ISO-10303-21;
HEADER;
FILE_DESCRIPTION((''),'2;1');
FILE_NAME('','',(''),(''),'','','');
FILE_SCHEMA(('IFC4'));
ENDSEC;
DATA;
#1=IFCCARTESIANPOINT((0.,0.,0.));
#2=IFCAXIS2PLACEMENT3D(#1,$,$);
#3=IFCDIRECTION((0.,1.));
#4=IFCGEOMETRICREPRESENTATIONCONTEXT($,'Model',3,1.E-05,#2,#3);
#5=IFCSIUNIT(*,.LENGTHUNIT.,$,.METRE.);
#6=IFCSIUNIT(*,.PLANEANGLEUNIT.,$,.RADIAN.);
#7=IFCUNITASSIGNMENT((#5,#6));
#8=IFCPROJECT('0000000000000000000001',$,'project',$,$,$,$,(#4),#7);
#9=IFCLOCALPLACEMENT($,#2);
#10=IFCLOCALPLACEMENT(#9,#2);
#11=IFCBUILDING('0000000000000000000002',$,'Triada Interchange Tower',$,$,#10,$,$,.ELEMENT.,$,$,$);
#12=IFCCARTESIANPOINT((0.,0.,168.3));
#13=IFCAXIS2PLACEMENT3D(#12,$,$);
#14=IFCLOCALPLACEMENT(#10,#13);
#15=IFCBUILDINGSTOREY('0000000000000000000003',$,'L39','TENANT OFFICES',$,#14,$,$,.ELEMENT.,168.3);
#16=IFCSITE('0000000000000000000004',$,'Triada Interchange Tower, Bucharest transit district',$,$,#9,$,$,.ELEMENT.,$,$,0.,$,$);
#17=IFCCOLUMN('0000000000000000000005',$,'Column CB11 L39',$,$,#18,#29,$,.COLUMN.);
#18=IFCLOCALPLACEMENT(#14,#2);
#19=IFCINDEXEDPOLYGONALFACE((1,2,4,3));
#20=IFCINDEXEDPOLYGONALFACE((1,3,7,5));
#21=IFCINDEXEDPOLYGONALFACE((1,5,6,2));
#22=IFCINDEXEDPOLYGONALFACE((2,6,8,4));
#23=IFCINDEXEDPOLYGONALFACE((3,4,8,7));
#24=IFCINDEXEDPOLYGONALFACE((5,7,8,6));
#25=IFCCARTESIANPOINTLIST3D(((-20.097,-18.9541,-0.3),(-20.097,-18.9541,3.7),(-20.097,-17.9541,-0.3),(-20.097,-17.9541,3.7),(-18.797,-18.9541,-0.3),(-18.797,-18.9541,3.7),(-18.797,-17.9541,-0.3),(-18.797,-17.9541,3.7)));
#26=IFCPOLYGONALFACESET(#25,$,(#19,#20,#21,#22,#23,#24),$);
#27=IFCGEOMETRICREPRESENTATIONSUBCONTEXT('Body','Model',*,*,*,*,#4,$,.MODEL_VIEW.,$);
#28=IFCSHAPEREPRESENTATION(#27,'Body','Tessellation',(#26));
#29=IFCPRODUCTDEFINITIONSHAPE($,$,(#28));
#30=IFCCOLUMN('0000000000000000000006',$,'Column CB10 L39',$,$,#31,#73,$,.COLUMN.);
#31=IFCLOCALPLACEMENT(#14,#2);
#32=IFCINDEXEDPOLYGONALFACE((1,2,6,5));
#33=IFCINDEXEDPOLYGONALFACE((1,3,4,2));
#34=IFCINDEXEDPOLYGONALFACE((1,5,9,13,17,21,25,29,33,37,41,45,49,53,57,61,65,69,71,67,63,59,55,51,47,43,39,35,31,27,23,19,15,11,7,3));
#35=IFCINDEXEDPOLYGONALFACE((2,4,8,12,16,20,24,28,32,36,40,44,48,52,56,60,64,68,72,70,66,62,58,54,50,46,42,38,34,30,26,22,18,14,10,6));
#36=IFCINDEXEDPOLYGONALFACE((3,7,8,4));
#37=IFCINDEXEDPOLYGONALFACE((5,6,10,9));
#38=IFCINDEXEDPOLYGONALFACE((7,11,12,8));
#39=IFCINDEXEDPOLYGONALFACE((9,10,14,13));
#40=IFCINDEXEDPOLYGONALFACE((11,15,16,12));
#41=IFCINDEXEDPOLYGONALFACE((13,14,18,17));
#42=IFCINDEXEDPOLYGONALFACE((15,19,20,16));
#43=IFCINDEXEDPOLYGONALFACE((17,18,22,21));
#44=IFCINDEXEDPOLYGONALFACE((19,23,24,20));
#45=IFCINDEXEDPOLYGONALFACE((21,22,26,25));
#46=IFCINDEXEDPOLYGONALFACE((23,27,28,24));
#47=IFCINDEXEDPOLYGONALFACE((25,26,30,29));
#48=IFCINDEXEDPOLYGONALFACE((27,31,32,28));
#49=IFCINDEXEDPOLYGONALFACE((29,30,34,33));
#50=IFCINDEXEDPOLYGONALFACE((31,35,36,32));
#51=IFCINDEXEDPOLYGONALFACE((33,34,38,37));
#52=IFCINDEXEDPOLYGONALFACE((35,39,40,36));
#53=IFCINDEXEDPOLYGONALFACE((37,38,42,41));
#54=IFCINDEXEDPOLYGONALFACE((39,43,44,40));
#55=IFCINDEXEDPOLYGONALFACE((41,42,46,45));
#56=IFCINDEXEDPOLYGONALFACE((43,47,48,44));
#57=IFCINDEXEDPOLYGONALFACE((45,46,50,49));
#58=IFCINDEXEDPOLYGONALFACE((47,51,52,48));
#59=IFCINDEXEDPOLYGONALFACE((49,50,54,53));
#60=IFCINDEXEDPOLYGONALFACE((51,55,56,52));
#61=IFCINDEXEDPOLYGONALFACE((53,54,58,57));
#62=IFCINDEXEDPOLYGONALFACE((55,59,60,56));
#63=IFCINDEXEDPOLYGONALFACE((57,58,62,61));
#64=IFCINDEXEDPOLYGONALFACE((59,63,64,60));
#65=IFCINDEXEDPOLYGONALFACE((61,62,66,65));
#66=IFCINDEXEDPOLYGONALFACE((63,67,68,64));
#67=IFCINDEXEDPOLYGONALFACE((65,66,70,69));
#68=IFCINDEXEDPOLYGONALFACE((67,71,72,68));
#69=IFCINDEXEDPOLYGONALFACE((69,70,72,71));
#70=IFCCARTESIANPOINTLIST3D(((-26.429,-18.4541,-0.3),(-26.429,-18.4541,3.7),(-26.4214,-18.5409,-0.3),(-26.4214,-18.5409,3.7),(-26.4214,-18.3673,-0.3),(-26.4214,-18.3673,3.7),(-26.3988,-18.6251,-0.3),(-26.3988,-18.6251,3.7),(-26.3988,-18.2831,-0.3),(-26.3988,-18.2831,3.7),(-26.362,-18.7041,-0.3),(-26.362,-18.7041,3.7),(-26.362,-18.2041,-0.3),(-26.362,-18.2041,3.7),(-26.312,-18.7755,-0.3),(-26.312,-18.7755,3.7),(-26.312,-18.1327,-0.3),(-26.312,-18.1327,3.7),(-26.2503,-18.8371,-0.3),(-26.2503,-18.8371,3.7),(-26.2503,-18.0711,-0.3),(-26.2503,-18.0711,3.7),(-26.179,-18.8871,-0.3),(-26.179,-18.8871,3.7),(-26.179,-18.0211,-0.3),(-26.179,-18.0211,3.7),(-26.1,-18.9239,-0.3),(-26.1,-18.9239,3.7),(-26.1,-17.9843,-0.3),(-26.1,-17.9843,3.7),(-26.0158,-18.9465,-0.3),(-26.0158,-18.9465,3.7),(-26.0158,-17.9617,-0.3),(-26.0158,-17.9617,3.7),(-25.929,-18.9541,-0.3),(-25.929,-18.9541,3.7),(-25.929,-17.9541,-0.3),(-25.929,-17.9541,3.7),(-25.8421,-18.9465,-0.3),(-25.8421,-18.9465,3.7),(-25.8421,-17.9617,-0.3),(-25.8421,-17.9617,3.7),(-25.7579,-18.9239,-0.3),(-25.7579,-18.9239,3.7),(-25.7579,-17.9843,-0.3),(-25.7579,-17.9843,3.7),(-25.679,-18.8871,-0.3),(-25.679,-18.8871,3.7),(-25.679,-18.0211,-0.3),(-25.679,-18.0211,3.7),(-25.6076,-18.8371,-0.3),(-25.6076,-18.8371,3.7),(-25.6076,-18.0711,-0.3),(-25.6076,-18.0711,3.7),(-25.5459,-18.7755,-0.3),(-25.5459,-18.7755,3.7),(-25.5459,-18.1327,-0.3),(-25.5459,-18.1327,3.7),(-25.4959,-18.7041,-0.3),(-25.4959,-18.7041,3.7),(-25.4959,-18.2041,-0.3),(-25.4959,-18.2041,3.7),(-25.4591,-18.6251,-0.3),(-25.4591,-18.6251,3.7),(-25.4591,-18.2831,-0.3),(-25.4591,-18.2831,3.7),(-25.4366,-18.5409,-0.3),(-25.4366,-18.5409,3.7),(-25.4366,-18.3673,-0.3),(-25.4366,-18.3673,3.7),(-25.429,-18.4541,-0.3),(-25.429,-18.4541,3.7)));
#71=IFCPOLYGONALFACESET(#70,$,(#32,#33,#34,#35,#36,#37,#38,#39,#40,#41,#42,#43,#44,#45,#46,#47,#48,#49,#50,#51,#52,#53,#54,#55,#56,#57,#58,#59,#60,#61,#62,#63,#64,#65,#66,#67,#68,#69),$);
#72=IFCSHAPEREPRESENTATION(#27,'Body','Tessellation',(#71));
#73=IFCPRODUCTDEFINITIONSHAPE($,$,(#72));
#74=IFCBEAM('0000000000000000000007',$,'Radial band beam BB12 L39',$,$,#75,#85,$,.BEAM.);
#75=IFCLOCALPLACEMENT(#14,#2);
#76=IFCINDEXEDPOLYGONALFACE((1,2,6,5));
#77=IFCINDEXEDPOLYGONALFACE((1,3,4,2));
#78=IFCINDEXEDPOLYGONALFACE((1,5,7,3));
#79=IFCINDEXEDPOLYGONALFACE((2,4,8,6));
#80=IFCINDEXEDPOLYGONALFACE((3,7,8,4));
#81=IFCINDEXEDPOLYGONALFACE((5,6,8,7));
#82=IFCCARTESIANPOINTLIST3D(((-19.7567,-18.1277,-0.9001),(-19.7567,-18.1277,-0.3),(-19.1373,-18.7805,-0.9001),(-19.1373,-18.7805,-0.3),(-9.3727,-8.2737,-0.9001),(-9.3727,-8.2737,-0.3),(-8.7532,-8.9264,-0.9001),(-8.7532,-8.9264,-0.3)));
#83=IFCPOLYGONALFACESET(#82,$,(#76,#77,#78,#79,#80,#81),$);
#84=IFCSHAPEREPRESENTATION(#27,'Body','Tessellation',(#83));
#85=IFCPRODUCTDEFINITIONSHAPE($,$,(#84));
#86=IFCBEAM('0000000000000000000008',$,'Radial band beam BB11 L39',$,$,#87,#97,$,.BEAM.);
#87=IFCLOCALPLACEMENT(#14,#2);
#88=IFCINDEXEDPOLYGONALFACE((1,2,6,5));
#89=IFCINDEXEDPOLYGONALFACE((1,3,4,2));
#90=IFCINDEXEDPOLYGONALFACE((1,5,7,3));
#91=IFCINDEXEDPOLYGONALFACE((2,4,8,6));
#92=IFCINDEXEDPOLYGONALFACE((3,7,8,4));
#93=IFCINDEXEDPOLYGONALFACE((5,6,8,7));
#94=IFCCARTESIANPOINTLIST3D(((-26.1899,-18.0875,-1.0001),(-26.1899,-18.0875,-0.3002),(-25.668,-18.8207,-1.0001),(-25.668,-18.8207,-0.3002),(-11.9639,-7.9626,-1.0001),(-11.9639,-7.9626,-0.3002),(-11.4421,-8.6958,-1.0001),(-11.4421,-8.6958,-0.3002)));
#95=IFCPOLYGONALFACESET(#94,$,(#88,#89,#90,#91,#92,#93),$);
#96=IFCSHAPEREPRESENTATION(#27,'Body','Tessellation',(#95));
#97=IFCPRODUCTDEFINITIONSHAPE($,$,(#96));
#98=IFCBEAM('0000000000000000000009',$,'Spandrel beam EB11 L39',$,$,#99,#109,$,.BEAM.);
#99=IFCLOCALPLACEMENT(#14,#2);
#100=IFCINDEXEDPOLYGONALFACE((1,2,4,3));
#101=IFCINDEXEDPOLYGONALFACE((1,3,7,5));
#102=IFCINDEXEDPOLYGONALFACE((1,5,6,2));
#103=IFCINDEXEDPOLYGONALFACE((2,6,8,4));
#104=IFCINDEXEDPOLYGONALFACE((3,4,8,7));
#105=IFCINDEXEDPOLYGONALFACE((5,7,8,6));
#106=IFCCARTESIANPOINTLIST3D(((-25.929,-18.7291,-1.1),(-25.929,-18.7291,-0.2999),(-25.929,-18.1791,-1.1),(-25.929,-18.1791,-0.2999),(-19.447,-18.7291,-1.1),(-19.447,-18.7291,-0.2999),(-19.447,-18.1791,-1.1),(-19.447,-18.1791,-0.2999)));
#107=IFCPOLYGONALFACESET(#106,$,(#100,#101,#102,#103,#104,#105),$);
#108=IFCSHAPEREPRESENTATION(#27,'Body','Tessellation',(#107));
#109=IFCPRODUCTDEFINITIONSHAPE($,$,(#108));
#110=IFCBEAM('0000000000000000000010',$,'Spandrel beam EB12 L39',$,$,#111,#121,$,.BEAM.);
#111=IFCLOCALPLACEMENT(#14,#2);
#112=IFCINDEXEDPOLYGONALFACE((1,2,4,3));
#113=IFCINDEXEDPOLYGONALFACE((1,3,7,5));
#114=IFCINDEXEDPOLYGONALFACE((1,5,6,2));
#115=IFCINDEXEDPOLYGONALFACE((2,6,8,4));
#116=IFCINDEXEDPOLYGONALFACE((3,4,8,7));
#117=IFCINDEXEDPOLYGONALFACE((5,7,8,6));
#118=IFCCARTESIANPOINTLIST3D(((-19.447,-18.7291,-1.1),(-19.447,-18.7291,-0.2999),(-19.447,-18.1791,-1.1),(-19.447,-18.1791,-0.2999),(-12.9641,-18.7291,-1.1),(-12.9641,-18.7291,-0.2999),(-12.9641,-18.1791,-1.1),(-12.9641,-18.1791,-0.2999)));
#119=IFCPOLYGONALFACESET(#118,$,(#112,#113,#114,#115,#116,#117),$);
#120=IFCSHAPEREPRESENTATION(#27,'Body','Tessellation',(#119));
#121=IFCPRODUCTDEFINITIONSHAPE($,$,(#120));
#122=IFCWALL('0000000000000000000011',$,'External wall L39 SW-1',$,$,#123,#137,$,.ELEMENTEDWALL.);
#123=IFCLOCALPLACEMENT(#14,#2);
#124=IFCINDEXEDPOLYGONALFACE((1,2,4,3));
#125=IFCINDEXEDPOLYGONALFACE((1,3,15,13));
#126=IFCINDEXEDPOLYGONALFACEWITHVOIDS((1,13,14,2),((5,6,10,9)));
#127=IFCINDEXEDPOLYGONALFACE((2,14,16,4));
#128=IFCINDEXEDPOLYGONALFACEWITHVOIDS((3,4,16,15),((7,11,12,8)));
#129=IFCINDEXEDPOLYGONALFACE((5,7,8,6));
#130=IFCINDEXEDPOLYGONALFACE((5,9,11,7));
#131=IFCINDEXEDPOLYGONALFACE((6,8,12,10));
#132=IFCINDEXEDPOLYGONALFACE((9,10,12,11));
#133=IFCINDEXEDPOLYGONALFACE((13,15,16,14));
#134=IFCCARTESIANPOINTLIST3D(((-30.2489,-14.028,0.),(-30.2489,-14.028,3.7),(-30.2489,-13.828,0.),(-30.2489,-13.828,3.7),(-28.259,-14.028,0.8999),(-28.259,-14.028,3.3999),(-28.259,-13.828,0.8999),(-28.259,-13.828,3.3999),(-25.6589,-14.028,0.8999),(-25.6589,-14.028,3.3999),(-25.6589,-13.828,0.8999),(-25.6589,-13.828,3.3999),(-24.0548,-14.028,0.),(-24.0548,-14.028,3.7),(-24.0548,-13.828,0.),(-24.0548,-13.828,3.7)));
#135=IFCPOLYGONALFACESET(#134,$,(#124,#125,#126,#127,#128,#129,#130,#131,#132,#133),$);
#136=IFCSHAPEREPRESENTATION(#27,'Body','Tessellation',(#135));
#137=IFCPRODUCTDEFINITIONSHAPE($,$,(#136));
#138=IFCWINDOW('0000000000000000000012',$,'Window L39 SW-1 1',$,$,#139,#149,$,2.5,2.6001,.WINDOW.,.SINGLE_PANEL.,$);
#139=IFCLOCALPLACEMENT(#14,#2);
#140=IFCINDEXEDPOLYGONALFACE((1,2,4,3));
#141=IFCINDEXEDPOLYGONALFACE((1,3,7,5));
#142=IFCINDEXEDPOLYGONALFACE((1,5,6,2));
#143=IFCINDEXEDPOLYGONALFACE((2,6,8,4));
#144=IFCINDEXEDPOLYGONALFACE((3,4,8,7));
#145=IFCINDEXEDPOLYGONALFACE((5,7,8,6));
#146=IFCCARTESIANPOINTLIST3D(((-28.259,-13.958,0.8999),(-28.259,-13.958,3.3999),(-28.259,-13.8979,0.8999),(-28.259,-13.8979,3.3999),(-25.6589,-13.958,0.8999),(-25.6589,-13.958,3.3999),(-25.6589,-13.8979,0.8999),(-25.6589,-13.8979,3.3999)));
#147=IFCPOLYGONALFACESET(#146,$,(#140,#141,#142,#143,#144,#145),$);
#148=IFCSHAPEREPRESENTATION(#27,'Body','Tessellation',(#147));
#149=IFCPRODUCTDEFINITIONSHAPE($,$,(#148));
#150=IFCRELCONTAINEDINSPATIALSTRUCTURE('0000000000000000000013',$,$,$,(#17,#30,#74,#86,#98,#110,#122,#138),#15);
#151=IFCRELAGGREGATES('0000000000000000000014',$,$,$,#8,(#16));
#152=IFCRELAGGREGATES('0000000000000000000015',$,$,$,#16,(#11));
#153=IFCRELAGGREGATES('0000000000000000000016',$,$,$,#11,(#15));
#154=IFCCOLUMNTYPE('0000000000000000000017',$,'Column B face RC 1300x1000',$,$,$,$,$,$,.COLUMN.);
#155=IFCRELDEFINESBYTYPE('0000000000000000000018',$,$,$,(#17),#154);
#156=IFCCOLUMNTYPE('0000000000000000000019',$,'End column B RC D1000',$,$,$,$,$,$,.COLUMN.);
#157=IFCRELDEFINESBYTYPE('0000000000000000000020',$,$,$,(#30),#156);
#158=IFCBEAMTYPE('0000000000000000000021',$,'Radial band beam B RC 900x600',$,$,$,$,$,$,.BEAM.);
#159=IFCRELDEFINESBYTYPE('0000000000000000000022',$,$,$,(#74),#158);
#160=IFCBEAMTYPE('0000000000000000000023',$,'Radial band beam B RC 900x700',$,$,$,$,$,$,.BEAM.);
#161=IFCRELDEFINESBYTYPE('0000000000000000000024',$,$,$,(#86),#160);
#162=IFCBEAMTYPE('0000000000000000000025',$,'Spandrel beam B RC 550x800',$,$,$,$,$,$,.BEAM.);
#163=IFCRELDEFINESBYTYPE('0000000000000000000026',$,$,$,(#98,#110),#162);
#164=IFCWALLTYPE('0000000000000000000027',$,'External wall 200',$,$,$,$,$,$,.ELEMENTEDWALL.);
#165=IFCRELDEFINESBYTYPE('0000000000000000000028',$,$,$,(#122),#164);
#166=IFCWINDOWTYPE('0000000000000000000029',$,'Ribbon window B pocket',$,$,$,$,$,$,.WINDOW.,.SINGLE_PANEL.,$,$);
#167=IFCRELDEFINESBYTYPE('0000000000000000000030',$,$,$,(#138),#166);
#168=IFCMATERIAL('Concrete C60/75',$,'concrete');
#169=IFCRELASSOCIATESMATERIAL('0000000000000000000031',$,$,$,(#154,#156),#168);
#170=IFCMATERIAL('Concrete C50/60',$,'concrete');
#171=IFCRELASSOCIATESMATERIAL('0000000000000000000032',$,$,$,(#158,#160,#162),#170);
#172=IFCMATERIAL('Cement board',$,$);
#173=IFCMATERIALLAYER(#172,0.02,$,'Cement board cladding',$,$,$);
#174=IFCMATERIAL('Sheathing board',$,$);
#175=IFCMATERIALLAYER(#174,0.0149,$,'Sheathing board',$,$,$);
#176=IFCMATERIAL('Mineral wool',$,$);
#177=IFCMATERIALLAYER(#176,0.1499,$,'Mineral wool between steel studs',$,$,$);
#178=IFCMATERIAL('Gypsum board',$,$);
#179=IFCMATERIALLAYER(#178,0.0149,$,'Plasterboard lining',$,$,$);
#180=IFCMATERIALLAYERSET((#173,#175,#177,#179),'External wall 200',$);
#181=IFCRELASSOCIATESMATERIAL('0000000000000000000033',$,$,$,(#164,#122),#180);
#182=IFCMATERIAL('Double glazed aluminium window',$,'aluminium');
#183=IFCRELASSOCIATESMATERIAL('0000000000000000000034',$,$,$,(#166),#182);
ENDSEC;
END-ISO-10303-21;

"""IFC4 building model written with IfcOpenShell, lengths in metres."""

from ifc_helpers import new_model, si_unit, direction, frame, frame_2d, origin, origin_2d, place, context, subcontext, project, spatial, rectangle, circle, extrude, material, layer, layer_set, layer_usage, material_profile, profile_set, type_object, element, fill, save


model = new_model("IFC4")

# Units and contexts
model_context = context("Model", 3, precision=1e-05, world=origin(), true_north=direction((0.0, 1.0)))
body_context = subcontext(model_context, "Body", "Model", "MODEL_VIEW")
ifc_project = project(units=[si_unit("LENGTHUNIT", "METRE"), si_unit("PLANEANGLEUNIT", "RADIAN")], contexts=[model_context])

# Site, building, storey
site_placement = place(None, origin())
site = spatial("IfcSite", under=ifc_project, at=site_placement, Name="Triada Interchange Tower, Bucharest transit district", CompositionType="ELEMENT", RefElevation=0.0)
building_placement = place(site_placement, origin())
building = spatial("IfcBuilding", under=site, at=building_placement, Name="Triada Interchange Tower", CompositionType="ELEMENT")
storey_placement = place(building_placement, frame((0.0, 0.0, 168.3)))
storey = spatial("IfcBuildingStorey", under=building, at=storey_placement, Name="L39", Description="TENANT OFFICES", CompositionType="ELEMENT", Elevation=168.3)

# Columns
ifc_material_1 = material(Name="Concrete C60/75", Category="concrete")
ifc_material_profile_1 = material_profile(ifc_material_1, rectangle(XDim=1.3, YDim=1.0, at=origin_2d()), Name="RC 1300x1000")
ifc_profile_set_1 = profile_set([ifc_material_profile_1], Name="Concrete C60/75")
column_type_1 = type_object("IfcColumnType", Name="Column B face RC 1300x1000", PredefinedType="COLUMN", material=ifc_profile_set_1)
column_1_placement = place(storey_placement, frame((-19.447, -18.4541, -0.3), z_axis=(0.0, 0.0, 1.0), x_axis=(1.0, 0.0, 0.0)))
element("IfcColumn", 1, at=column_1_placement, inside=storey, type_object=column_type_1, Name="Column CB11 L39", PredefinedType="COLUMN", context=body_context, shape_type="SweptSolid", body=[
    extrude(rectangle(XDim=1.3, YDim=1.0, at=origin_2d()), origin(), (0.0, 0.0, 1.0), 4.0),
])
ifc_material_profile_2 = material_profile(ifc_material_1, circle(Radius=0.5, at=origin_2d()), Name="RC D1000")
ifc_profile_set_2 = profile_set([ifc_material_profile_2], Name="Concrete C60/75")
column_type_2 = type_object("IfcColumnType", Name="End column B RC D1000", PredefinedType="COLUMN", material=ifc_profile_set_2)
column_2_placement = place(storey_placement, frame((-25.929, -18.4541, -0.3), z_axis=(0.0, 0.0, 1.0), x_axis=(1.0, 0.0, 0.0)))
element("IfcColumn", 2, at=column_2_placement, inside=storey, type_object=column_type_2, Name="Column CB10 L39", PredefinedType="COLUMN", context=body_context, shape_type="SweptSolid", body=[
    extrude(circle(Radius=0.5, at=origin_2d()), origin(), (0.0, 0.0, 1.0), 4.0),
])

# Beams
ifc_material_2 = material(Name="Concrete C50/60", Category="concrete")
ifc_material_profile_3 = material_profile(ifc_material_2, rectangle(XDim=0.8999, YDim=0.6001, at=origin_2d()), Name="RC 900x600")
ifc_profile_set_3 = profile_set([ifc_material_profile_3], Name="Concrete C50/60")
beam_type_1 = type_object("IfcBeamType", Name="Radial band beam B RC 900x600", PredefinedType="BEAM", material=ifc_profile_set_3)
beam_1_placement = place(storey_placement, frame((-19.447, -18.4541, -0.6001), z_axis=(0.725377, 0.688352, 0.0), x_axis=(-0.688352, 0.725377, 0.0)))
element("IfcBeam", 3, at=beam_1_placement, inside=storey, type_object=beam_type_1, Name="Radial band beam BB12 L39", PredefinedType="BEAM", context=body_context, shape_type="SweptSolid", body=[
    extrude(rectangle(XDim=0.8999, YDim=0.6001, at=origin_2d()), origin(), (0.0, 0.0, 1.0), 14.3154),
])
ifc_material_profile_4 = material_profile(ifc_material_2, rectangle(XDim=0.8999, YDim=0.7, at=origin_2d()), Name="RC 900x700")
ifc_profile_set_4 = profile_set([ifc_material_profile_4], Name="Concrete C50/60")
beam_type_2 = type_object("IfcBeamType", Name="Radial band beam B RC 900x700", PredefinedType="BEAM", material=ifc_profile_set_4)
beam_2_placement = place(storey_placement, frame((-25.929, -18.4541, -0.6501), z_axis=(0.81472, 0.579854, 0.0), x_axis=(-0.579854, 0.81472, 0.0)))
element("IfcBeam", 4, at=beam_2_placement, inside=storey, type_object=beam_type_2, Name="Radial band beam BB11 L39", PredefinedType="BEAM", context=body_context, shape_type="SweptSolid", body=[
    extrude(rectangle(XDim=0.8999, YDim=0.7, at=origin_2d()), origin(), (0.0, 0.0, 1.0), 17.4612),
])
ifc_material_profile_5 = material_profile(ifc_material_2, rectangle(XDim=0.55, YDim=0.8, at=origin_2d()), Name="RC 550x800")
ifc_profile_set_5 = profile_set([ifc_material_profile_5], Name="Concrete C50/60")
beam_type_3 = type_object("IfcBeamType", Name="Spandrel beam B RC 550x800", PredefinedType="BEAM", material=ifc_profile_set_5)
beam_3_placement = place(storey_placement, frame((-25.929, -18.4541, -0.7), z_axis=(1.0, 0.0, 0.0), x_axis=(0.0, 1.0, 0.0)))
element("IfcBeam", 5, at=beam_3_placement, inside=storey, type_object=beam_type_3, Name="Spandrel beam EB11 L39", PredefinedType="BEAM", context=body_context, shape_type="SweptSolid", body=[
    extrude(rectangle(XDim=0.55, YDim=0.8, at=origin_2d()), origin(), (0.0, 0.0, 1.0), 6.4819),
])
beam_4_placement = place(storey_placement, frame((-19.447, -18.4541, -0.7), z_axis=(1.0, 0.0, 0.0), x_axis=(0.0, 1.0, 0.0)))
element("IfcBeam", 6, at=beam_4_placement, inside=storey, type_object=beam_type_3, Name="Spandrel beam EB12 L39", PredefinedType="BEAM", context=body_context, shape_type="SweptSolid", body=[
    extrude(rectangle(XDim=0.55, YDim=0.8, at=origin_2d()), origin(), (0.0, 0.0, 1.0), 6.4829),
])

# Wall, opening, window
ifc_material_3 = material(Name="Cement board")
ifc_layer_1 = layer(ifc_material_3, 0.02, Name="Cement board cladding")
ifc_material_4 = material(Name="Sheathing board")
ifc_layer_2 = layer(ifc_material_4, 0.0149, Name="Sheathing board")
ifc_material_5 = material(Name="Mineral wool")
ifc_layer_3 = layer(ifc_material_5, 0.1499, Name="Mineral wool between steel studs")
ifc_material_6 = material(Name="Gypsum board")
ifc_layer_4 = layer(ifc_material_6, 0.0149, Name="Plasterboard lining")
ifc_layer_set_1 = layer_set([ifc_layer_1, ifc_layer_2, ifc_layer_3, ifc_layer_4], Name="External wall 200")
ifc_layer_usage = layer_usage(ifc_layer_set_1, "AXIS2", "POSITIVE", -0.1001)
wall_type_1 = type_object("IfcWallType", Name="External wall 200", PredefinedType="ELEMENTEDWALL", material=ifc_layer_set_1)
wall_1_placement = place(storey_placement, frame((-30.249, -13.928, 0.0), z_axis=(0.0, 0.0, 1.0), x_axis=(1.0, 0.0, 0.0)))
wall_1 = element("IfcWall", 7, at=wall_1_placement, inside=storey, type_object=wall_type_1, material=ifc_layer_usage, Name="External wall L39 SW-1", PredefinedType="ELEMENTEDWALL", context=body_context, shape_type="SweptSolid", body=[
    extrude(rectangle(XDim=6.1941, YDim=0.2, at=frame_2d((3.0972, 0.0))), origin(), (0.0, 0.0, 1.0), 3.7),
])
opening_1_placement = place(wall_1_placement, frame((1.99, 0.0, 0.8999)))
opening_1 = element("IfcOpeningElement", 8, at=opening_1_placement, cuts=wall_1, PredefinedType="OPENING", context=body_context, shape_type="SweptSolid", body=[
    extrude(rectangle(XDim=2.6001, YDim=2.5, at=frame_2d((1.3, 1.25))), frame((0.0, 0.1099, 0.0), z_axis=(0.0, -1.0, 0.0), x_axis=(1.0, 0.0, 0.0)), (0.0, 0.0, 1.0), 0.22),
])
ifc_material_7 = material(Name="Double glazed aluminium window", Category="aluminium")
window_type_1 = type_object("IfcWindowType", Name="Ribbon window B pocket", PartitioningType="SINGLE_PANEL", PredefinedType="WINDOW", material=ifc_material_7)
window_1_placement = place(opening_1_placement, origin())
window_1 = element("IfcWindow", 9, at=window_1_placement, inside=storey, type_object=window_type_1, Name="Window L39 SW-1 1", OverallHeight=2.5, OverallWidth=2.6001, PartitioningType="SINGLE_PANEL", PredefinedType="WINDOW", context=body_context, shape_type="SweptSolid", body=[
    extrude(rectangle(XDim=2.6001, YDim=2.5, at=frame_2d((1.3, 1.25))), frame((0.0, 0.03, 0.0), z_axis=(0.0, -1.0, 0.0), x_axis=(1.0, 0.0, 0.0)), (0.0, 0.0, 1.0), 0.0601),
])
fill(opening_1, window_1)

save(model, "model.ifc")
